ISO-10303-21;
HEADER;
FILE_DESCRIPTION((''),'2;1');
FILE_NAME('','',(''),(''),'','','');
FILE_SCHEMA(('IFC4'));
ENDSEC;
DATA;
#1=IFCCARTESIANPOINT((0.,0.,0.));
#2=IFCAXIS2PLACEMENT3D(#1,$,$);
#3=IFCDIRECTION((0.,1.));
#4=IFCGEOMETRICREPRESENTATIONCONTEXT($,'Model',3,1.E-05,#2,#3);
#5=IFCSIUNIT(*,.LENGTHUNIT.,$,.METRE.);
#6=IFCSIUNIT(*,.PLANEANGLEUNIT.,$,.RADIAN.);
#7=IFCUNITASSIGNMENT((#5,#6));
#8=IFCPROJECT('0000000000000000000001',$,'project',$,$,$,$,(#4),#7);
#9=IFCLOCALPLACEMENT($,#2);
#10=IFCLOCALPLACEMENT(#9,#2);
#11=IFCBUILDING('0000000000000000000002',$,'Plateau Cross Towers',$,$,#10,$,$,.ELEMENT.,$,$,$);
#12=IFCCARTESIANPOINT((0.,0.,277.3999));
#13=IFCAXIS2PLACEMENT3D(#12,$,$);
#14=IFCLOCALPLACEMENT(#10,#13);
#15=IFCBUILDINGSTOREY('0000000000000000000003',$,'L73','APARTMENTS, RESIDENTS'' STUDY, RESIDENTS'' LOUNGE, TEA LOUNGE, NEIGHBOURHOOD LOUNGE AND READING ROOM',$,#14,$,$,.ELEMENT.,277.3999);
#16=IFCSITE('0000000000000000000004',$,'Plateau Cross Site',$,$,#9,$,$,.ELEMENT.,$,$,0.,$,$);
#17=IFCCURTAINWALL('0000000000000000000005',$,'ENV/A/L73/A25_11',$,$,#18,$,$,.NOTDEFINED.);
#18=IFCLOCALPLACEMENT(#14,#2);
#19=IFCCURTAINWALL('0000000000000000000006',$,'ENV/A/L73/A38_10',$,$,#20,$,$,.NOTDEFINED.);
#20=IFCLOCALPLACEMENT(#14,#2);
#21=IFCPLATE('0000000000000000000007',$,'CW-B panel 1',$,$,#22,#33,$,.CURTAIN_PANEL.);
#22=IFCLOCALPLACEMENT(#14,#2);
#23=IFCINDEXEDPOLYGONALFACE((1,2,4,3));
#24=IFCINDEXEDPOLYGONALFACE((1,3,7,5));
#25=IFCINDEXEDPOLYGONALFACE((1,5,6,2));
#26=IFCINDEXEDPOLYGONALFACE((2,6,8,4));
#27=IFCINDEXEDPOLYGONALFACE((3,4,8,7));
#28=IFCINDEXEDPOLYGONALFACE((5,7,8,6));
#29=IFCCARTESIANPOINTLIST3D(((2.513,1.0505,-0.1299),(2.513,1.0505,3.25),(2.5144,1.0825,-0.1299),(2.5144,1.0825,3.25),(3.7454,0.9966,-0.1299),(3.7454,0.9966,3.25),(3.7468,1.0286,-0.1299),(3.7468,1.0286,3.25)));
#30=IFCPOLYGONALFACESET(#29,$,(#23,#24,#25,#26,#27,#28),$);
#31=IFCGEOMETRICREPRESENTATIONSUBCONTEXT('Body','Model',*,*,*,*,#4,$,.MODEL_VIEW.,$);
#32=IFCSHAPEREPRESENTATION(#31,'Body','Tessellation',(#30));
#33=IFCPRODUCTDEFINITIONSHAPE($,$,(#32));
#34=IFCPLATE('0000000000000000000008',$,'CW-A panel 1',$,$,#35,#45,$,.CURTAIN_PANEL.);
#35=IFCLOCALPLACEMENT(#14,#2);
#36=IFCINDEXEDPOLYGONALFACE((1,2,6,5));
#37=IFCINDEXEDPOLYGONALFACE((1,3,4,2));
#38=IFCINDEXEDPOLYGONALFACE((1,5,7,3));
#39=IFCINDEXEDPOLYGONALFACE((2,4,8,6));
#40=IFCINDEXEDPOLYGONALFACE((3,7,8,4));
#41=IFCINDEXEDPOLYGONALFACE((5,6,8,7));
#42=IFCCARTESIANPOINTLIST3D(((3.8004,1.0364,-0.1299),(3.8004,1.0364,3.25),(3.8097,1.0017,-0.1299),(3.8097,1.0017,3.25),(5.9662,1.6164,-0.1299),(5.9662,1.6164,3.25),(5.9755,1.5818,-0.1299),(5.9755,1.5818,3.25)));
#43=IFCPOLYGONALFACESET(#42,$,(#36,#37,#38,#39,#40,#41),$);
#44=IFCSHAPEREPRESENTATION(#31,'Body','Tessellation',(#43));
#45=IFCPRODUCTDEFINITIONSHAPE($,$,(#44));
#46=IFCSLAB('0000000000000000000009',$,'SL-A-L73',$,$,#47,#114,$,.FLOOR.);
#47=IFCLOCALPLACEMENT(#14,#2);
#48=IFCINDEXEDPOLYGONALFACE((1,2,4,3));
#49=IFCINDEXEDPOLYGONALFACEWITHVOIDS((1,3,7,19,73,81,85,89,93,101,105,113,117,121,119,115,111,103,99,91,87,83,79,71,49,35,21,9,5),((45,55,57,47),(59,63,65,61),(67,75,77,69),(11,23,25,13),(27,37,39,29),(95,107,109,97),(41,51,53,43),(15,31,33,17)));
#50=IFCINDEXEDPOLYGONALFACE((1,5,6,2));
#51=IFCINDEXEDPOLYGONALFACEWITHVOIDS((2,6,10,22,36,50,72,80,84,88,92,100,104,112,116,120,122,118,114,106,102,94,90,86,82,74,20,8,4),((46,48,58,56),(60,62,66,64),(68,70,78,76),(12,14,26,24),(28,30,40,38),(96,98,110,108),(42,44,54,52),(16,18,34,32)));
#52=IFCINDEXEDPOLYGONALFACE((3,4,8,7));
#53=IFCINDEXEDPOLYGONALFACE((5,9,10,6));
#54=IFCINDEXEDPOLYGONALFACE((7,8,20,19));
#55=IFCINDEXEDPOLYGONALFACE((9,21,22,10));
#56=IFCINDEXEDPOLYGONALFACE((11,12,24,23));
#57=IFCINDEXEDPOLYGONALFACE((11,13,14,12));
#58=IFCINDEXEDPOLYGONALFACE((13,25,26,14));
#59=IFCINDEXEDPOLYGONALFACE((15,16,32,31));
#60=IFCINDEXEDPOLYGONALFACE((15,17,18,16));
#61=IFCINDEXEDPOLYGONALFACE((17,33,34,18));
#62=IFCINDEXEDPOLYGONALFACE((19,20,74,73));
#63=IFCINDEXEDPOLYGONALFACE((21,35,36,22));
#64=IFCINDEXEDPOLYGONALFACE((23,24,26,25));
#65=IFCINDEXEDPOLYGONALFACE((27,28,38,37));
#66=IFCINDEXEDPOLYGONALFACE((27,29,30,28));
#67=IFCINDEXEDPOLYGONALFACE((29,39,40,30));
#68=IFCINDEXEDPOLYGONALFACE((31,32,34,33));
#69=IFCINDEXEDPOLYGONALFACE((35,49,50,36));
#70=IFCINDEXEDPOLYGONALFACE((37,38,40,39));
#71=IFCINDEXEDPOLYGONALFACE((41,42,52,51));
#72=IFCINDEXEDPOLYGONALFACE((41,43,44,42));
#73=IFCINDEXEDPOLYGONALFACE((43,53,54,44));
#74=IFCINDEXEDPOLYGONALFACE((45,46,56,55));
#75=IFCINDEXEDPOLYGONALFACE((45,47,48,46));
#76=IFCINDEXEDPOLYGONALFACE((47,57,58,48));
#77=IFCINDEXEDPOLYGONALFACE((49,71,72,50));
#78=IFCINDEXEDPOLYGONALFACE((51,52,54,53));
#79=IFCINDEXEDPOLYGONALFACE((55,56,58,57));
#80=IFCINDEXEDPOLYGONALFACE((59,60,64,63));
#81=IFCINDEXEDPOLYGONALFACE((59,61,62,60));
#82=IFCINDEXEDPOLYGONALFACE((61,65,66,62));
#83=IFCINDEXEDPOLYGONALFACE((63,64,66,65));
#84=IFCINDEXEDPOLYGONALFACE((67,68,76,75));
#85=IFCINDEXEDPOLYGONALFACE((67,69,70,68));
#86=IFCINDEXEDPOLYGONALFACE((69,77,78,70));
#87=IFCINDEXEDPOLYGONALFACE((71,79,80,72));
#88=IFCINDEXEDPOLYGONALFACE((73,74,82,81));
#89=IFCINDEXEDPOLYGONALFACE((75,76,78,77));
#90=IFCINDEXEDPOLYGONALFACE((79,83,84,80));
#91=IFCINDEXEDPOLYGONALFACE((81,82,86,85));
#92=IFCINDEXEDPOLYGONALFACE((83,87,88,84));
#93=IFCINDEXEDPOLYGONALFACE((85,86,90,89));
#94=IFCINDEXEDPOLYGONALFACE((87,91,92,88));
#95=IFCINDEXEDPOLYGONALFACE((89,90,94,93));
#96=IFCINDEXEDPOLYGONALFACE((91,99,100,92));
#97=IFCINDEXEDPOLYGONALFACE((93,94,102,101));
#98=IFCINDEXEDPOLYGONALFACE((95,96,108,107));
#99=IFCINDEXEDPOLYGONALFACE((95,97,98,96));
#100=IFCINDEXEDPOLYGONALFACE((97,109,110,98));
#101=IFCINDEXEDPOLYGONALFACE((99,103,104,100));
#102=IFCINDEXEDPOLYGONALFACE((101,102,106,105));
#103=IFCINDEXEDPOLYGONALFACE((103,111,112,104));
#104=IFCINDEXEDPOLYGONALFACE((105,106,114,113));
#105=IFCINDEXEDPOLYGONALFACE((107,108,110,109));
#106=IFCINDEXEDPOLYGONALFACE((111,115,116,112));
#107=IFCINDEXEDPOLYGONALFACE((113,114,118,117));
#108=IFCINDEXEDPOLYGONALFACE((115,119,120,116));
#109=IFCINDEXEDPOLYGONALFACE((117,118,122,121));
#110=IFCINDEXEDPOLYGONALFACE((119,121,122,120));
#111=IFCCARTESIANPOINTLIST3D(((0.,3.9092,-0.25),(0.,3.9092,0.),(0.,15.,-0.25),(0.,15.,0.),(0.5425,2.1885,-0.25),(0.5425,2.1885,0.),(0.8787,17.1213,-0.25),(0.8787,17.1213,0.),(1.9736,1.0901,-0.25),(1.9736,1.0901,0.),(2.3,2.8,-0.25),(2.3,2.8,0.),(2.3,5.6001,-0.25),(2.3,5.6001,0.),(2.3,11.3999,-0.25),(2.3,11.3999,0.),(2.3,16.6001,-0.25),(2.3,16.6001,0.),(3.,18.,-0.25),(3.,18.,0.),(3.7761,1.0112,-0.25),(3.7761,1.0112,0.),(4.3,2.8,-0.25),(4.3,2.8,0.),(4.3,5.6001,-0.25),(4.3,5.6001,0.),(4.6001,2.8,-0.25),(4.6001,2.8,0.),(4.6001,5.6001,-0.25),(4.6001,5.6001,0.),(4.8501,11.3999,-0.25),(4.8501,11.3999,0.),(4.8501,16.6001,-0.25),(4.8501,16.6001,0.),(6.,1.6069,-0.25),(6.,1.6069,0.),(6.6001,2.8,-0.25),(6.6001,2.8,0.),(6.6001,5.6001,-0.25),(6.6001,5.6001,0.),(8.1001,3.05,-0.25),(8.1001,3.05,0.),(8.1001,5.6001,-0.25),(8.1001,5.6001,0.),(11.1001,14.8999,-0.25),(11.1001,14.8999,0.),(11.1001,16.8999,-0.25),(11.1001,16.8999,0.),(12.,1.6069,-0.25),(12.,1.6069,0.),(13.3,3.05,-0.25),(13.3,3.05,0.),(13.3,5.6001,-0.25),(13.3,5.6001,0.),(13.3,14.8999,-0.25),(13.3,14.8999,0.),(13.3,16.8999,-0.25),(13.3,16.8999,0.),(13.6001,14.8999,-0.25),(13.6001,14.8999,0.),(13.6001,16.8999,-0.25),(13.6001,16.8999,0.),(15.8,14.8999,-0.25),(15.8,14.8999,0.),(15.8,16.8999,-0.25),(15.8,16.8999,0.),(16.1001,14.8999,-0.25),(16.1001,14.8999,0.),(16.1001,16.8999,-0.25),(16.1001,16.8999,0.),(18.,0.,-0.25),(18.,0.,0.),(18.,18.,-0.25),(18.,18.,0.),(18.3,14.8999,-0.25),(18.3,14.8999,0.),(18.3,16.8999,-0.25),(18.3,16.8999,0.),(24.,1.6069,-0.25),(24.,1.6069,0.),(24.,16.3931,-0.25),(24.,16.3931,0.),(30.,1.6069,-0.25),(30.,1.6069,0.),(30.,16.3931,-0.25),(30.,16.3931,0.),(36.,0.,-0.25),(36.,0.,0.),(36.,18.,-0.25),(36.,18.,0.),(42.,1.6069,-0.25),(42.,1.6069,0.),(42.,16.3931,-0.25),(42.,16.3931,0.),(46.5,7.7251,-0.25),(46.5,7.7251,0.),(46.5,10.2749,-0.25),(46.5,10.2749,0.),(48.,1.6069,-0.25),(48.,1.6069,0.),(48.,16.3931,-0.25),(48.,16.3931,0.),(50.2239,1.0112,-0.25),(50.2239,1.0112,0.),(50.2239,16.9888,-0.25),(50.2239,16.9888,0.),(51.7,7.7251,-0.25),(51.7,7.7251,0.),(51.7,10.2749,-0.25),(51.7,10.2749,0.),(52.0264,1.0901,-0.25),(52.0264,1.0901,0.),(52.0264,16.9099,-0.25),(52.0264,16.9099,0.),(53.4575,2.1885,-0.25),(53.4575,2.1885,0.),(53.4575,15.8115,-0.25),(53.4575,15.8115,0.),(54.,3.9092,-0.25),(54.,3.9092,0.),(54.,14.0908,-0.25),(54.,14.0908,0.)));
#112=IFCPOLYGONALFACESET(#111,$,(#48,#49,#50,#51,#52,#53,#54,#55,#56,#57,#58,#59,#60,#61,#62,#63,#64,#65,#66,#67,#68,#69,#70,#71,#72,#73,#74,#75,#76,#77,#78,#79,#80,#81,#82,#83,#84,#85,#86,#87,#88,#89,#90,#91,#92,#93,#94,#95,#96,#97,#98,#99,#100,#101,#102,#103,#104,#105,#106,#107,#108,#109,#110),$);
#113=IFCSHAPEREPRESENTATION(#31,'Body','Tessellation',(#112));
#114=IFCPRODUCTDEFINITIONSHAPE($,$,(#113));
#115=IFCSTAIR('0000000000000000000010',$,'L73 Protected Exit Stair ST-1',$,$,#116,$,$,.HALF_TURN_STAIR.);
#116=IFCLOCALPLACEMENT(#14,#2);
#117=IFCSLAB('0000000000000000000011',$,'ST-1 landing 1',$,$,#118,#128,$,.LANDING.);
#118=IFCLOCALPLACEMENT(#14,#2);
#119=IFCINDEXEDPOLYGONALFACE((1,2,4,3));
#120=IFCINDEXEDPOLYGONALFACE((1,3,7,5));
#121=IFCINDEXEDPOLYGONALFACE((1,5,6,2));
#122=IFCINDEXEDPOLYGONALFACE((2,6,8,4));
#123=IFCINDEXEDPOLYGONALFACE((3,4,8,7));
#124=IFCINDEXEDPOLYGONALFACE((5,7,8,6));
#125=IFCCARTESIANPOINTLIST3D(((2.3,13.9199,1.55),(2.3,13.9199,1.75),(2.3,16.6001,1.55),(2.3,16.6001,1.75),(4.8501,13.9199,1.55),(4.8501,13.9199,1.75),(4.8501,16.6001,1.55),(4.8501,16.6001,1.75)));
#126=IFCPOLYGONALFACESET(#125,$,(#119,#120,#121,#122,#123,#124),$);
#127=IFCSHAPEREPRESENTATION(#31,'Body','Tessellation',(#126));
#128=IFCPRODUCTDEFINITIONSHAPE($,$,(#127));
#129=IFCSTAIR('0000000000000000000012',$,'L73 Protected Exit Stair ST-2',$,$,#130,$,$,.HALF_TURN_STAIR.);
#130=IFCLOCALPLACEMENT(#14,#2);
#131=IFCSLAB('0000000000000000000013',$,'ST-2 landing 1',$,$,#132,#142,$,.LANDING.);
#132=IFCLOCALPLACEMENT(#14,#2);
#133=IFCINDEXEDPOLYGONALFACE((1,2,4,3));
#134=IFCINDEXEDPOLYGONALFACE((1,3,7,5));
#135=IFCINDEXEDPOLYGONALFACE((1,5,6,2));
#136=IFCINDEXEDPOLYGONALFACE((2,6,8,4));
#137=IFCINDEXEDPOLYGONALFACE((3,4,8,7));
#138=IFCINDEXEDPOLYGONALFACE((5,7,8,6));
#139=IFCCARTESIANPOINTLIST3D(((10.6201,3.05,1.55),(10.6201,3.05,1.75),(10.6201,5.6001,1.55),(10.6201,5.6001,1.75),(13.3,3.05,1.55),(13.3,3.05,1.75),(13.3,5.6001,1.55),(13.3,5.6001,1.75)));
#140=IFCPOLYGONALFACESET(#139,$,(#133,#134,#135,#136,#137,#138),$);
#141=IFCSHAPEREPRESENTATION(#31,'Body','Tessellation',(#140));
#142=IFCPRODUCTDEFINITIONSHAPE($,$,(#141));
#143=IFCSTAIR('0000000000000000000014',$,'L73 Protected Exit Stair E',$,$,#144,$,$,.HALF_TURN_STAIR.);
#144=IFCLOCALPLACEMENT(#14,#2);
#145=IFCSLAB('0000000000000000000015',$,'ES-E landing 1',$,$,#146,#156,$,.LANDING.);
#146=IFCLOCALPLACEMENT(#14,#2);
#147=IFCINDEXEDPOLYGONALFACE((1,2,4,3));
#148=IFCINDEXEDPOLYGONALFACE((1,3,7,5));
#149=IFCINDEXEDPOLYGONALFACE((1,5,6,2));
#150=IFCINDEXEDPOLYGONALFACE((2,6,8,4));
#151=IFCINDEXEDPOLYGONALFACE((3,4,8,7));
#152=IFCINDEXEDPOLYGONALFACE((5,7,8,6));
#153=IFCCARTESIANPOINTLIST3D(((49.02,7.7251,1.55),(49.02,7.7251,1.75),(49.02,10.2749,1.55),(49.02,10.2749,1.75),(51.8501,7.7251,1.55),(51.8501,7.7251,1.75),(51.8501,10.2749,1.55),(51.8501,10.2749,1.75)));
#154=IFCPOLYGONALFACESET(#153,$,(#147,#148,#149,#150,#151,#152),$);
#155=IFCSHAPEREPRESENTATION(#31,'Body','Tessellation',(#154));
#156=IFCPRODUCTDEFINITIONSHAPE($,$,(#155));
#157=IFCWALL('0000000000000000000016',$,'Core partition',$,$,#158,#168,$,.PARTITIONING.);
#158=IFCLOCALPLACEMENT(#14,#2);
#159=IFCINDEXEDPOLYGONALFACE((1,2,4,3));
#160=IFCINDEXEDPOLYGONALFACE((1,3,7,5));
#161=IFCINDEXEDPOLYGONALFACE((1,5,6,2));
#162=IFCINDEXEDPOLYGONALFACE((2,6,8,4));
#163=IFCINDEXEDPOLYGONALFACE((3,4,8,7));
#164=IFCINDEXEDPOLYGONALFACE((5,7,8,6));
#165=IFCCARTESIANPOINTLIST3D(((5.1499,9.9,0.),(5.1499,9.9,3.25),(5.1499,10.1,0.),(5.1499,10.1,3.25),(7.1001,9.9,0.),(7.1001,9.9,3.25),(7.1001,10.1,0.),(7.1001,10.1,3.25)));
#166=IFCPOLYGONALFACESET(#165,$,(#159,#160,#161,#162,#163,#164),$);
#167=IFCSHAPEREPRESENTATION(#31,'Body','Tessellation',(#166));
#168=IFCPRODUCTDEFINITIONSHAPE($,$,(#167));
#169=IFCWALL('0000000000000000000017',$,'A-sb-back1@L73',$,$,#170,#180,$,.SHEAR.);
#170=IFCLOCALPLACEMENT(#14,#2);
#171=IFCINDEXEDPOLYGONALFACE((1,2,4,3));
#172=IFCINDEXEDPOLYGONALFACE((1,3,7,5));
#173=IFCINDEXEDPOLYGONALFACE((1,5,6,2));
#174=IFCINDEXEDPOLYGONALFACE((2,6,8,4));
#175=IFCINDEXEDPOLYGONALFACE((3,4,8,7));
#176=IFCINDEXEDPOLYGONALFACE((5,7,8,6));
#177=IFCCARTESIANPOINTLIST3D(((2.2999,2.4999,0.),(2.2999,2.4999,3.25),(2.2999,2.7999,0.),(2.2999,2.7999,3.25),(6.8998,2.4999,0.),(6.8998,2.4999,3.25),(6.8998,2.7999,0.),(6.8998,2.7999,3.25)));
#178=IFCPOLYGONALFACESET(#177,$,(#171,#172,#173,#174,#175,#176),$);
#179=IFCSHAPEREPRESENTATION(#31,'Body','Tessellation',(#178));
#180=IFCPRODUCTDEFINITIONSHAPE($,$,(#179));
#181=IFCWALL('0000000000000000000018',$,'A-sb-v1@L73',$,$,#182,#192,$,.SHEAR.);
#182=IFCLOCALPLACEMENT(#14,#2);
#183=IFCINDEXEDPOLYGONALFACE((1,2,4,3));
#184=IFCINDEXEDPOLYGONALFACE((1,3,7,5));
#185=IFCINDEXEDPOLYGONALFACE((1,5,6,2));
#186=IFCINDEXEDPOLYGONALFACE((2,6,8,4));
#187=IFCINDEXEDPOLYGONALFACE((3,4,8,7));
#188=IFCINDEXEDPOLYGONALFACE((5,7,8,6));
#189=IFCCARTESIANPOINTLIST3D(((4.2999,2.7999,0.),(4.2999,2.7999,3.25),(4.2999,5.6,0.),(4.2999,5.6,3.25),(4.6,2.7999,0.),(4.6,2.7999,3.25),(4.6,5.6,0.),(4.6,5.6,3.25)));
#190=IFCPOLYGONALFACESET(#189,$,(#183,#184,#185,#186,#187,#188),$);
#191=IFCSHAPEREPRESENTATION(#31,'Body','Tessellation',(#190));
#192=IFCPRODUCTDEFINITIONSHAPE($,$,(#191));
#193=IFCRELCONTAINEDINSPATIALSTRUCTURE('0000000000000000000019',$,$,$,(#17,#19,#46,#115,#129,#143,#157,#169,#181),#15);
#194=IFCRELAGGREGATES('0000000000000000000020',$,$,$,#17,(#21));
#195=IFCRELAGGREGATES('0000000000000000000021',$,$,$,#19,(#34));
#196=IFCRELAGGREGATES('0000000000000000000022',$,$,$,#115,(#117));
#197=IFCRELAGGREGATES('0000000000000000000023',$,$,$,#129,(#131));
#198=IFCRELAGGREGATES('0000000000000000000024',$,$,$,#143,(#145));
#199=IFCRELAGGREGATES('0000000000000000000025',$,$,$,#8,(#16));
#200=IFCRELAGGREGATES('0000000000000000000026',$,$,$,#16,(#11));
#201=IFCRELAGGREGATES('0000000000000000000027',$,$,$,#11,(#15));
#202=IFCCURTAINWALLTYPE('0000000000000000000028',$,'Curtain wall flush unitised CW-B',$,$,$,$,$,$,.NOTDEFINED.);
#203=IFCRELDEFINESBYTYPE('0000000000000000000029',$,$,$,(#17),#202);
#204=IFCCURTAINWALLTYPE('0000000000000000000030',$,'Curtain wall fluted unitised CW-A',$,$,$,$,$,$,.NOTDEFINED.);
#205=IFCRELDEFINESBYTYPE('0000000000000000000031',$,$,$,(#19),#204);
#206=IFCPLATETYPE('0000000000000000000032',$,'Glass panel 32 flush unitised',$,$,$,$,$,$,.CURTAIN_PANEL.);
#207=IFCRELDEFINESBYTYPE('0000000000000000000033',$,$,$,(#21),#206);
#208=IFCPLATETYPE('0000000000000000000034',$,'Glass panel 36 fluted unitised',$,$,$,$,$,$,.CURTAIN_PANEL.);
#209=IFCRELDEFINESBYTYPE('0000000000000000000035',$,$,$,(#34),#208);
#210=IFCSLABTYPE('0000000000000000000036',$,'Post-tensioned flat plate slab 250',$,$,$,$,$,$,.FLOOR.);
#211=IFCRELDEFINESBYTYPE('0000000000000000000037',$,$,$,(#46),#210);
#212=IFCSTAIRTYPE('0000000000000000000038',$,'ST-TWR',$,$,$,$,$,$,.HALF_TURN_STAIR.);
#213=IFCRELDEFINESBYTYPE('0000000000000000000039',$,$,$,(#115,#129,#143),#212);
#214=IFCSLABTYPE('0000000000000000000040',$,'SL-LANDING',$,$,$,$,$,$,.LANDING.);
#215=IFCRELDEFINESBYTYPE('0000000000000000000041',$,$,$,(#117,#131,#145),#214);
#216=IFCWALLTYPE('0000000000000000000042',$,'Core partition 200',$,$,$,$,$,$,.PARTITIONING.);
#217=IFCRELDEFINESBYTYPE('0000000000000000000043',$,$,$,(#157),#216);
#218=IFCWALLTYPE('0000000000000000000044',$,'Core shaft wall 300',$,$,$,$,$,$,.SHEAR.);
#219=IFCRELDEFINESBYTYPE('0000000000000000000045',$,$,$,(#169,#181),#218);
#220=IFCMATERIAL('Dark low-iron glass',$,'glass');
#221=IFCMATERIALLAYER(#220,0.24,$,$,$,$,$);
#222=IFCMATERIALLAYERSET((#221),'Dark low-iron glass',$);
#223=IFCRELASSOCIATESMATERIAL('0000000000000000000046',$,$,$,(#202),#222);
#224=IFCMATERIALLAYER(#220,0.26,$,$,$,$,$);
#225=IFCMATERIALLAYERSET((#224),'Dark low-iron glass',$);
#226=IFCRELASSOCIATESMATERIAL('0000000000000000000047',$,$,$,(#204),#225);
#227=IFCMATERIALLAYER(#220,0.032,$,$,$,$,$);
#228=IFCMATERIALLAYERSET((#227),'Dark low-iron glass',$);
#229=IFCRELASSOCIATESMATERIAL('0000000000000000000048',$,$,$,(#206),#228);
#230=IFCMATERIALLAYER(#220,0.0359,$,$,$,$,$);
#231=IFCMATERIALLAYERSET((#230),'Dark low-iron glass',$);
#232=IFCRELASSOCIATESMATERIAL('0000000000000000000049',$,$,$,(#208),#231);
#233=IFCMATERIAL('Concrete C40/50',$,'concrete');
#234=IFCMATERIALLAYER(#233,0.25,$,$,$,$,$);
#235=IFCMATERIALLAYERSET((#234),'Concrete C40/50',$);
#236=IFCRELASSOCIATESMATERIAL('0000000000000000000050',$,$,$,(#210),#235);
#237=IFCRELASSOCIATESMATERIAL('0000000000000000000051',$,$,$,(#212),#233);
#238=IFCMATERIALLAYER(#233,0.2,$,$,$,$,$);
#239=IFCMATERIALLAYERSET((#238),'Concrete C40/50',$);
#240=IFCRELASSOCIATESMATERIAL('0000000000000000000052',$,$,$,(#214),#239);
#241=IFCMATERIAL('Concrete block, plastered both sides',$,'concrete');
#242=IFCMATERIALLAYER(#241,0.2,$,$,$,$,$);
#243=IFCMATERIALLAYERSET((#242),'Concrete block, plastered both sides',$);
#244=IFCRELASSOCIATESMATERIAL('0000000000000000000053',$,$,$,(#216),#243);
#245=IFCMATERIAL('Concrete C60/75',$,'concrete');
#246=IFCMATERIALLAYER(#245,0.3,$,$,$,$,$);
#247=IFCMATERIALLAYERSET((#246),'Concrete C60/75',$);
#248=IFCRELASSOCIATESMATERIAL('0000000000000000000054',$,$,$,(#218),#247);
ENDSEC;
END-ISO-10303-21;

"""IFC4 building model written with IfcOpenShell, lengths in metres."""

from ifc_helpers import new_model, si_unit, direction, frame, frame_2d, origin, origin_2d, place, context, subcontext, project, spatial, polyline, rectangle, outline, extrude, material, layer, layer_set, type_object, element, aggregate, save


model = new_model("IFC4")

# Units and contexts
model_context = context("Model", 3, precision=1e-05, world=origin(), true_north=direction((0.0, 1.0)))
body_context = subcontext(model_context, "Body", "Model", "MODEL_VIEW")
ifc_project = project(units=[si_unit("LENGTHUNIT", "METRE"), si_unit("PLANEANGLEUNIT", "RADIAN")], contexts=[model_context])

# Site, building, storey
site_placement = place(None, origin())
site = spatial("IfcSite", under=ifc_project, at=site_placement, Name="Plateau Cross Site", CompositionType="ELEMENT", RefElevation=0.0)
building_placement = place(site_placement, origin())
building = spatial("IfcBuilding", under=site, at=building_placement, Name="Plateau Cross Towers", CompositionType="ELEMENT")
storey_placement = place(building_placement, frame((0.0, 0.0, 277.3999)))
storey = spatial("IfcBuildingStorey", under=building, at=storey_placement, Name="L73", Description="APARTMENTS, RESIDENTS' STUDY, RESIDENTS' LOUNGE, TEA LOUNGE, NEIGHBOURHOOD LOUNGE AND READING ROOM", CompositionType="ELEMENT", Elevation=277.3999)

# Shared definitions
ifc_material_1 = material(Name="Concrete C60/75", Category="concrete")

# Shared definitions
ifc_material_2 = material(Name="Dark low-iron glass", Category="glass")
ifc_layer_1 = layer(ifc_material_2, 0.24)
ifc_layer_set_1 = layer_set([ifc_layer_1], Name="Dark low-iron glass")
curtain_wall_type_1 = type_object("IfcCurtainWallType", Name="Curtain wall flush unitised CW-B", PredefinedType="NOTDEFINED", material=ifc_layer_set_1)

# Curtain walls
curtain_wall_1_placement = place(storey_placement, origin())
curtain_wall_1 = element("IfcCurtainWall", 1, at=curtain_wall_1_placement, inside=storey, type_object=curtain_wall_type_1, Name="ENV/A/L73/A25_11", PredefinedType="NOTDEFINED")
ifc_layer_2 = layer(ifc_material_2, 0.26)
ifc_layer_set_2 = layer_set([ifc_layer_2], Name="Dark low-iron glass")
curtain_wall_type_2 = type_object("IfcCurtainWallType", Name="Curtain wall fluted unitised CW-A", PredefinedType="NOTDEFINED", material=ifc_layer_set_2)
curtain_wall_2_placement = place(storey_placement, origin())
curtain_wall_2 = element("IfcCurtainWall", 2, at=curtain_wall_2_placement, inside=storey, type_object=curtain_wall_type_2, Name="ENV/A/L73/A38_10", PredefinedType="NOTDEFINED")

# Plates
ifc_layer_3 = layer(ifc_material_2, 0.032)
ifc_layer_set_3 = layer_set([ifc_layer_3], Name="Dark low-iron glass")
plate_type_1 = type_object("IfcPlateType", Name="Glass panel 32 flush unitised", PredefinedType="CURTAIN_PANEL", material=ifc_layer_set_3)
plate_1_placement = place(storey_placement, frame((3.1299, 1.0396, -0.1299), z_axis=(0.0, 0.0, 1.0), x_axis=(0.999044, -0.043723, 0.0)))
plate_1 = element("IfcPlate", 3, at=plate_1_placement, type_object=plate_type_1, Name="CW-B panel 1", PredefinedType="CURTAIN_PANEL", context=body_context, shape_type="SweptSolid", body=[
    extrude(rectangle(XDim=1.2336, YDim=0.032, at=origin_2d()), origin(), (0.0, 0.0, 1.0), 3.3799),
])
aggregate(curtain_wall_1, [plate_1])
ifc_layer_4 = layer(ifc_material_2, 0.0359)
ifc_layer_set_4 = layer_set([ifc_layer_4], Name="Dark low-iron glass")
plate_type_2 = type_object("IfcPlateType", Name="Glass panel 36 fluted unitised", PredefinedType="CURTAIN_PANEL", material=ifc_layer_set_4)
plate_2_placement = place(storey_placement, frame((4.8879, 1.3091, -0.1299), z_axis=(0.0, 0.0, 1.0), x_axis=(0.965958, 0.258699, 0.0)))
plate_2 = element("IfcPlate", 4, at=plate_2_placement, type_object=plate_type_2, Name="CW-A panel 1", PredefinedType="CURTAIN_PANEL", context=body_context, shape_type="SweptSolid", body=[
    extrude(rectangle(XDim=2.2422, YDim=0.0359, at=origin_2d()), origin(), (0.0, 0.0, 1.0), 3.3799),
])
aggregate(curtain_wall_2, [plate_2])

# Slab
ifc_material_3 = material(Name="Concrete C40/50", Category="concrete")
ifc_layer_5 = layer(ifc_material_3, 0.25)
ifc_layer_set_5 = layer_set([ifc_layer_5], Name="Concrete C40/50")
slab_type_1 = type_object("IfcSlabType", Name="Post-tensioned flat plate slab 250", PredefinedType="FLOOR", material=ifc_layer_set_5)
slab_1_placement = place(storey_placement, frame((0.0, 0.0, -0.25)))
element("IfcSlab", 5, at=slab_1_placement, inside=storey, type_object=slab_type_1, Name="SL-A-L73", PredefinedType="FLOOR", context=body_context, shape_type="SweptSolid", body=[
    extrude(outline(polyline([(1.9736, 1.0901), (0.5425, 2.1885), (0.0, 3.9092), (0.0, 15.0), (0.8787, 17.1213), (3.0, 18.0), (18.0, 18.0), (24.0, 16.3931), (30.0, 16.3931), (36.0, 18.0), (42.0, 16.3931), (48.0, 16.3931), (50.2239, 16.9888), (52.0264, 16.9099), (53.4575, 15.8115), (54.0, 14.0908), (54.0, 3.9092), (53.4575, 2.1885), (52.0264, 1.0901), (50.2239, 1.0112), (48.0, 1.6069), (42.0, 1.6069), (36.0, 0.0), (30.0, 1.6069), (24.0, 1.6069), (18.0, 0.0), (12.0, 1.6069), (6.0, 1.6069), (3.7761, 1.0112), (1.9736, 1.0901)]), holes=[polyline([(4.3, 5.6001), (2.3, 5.6001), (2.3, 2.8), (4.3, 2.8), (4.3, 5.6001)]), polyline([(6.6001, 5.6001), (4.6001, 5.6001), (4.6001, 2.8), (6.6001, 2.8), (6.6001, 5.6001)]), polyline([(13.3, 5.6001), (8.1001, 5.6001), (8.1001, 3.05), (13.3, 3.05), (13.3, 5.6001)]), polyline([(51.7, 10.2749), (46.5, 10.2749), (46.5, 7.7251), (51.7, 7.7251), (51.7, 10.2749)]), polyline([(2.3, 16.6001), (2.3, 11.3999), (4.8501, 11.3999), (4.8501, 16.6001), (2.3, 16.6001)]), polyline([(13.3, 16.8999), (11.1001, 16.8999), (11.1001, 14.8999), (13.3, 14.8999), (13.3, 16.8999)]), polyline([(15.8, 16.8999), (13.6001, 16.8999), (13.6001, 14.8999), (15.8, 14.8999), (15.8, 16.8999)]), polyline([(18.3, 16.8999), (16.1001, 16.8999), (16.1001, 14.8999), (18.3, 14.8999), (18.3, 16.8999)])]), origin(), (0.0, 0.0, 1.0), 0.25),
])

# Stairs, slabs
stair_type = type_object("IfcStairType", Name="ST-TWR", PredefinedType="HALF_TURN_STAIR", material=ifc_material_3)
stair_1_placement = place(storey_placement, origin())
stair_1 = element("IfcStair", 6, at=stair_1_placement, inside=storey, type_object=stair_type, Name="L73 Protected Exit Stair ST-1", PredefinedType="HALF_TURN_STAIR")
ifc_layer_6 = layer(ifc_material_3, 0.2)
ifc_layer_set_6 = layer_set([ifc_layer_6], Name="Concrete C40/50")
slab_type_2 = type_object("IfcSlabType", Name="SL-LANDING", PredefinedType="LANDING", material=ifc_layer_set_6)
slab_2_placement = place(storey_placement, frame((0.0, 0.0, 1.55)))
slab_2 = element("IfcSlab", 7, at=slab_2_placement, type_object=slab_type_2, Name="ST-1 landing 1", PredefinedType="LANDING", context=body_context, shape_type="SweptSolid", body=[
    extrude(outline(polyline([(4.8501, 13.9199), (4.8501, 16.6001), (2.3, 16.6001), (2.3, 13.9199), (4.8501, 13.9199)])), origin(), (0.0, 0.0, 1.0), 0.2),
])
aggregate(stair_1, [slab_2])
stair_2_placement = place(storey_placement, origin())
stair_2 = element("IfcStair", 8, at=stair_2_placement, inside=storey, type_object=stair_type, Name="L73 Protected Exit Stair ST-2", PredefinedType="HALF_TURN_STAIR")
slab_3_placement = place(storey_placement, frame((0.0, 0.0, 1.55)))
slab_3 = element("IfcSlab", 9, at=slab_3_placement, type_object=slab_type_2, Name="ST-2 landing 1", PredefinedType="LANDING", context=body_context, shape_type="SweptSolid", body=[
    extrude(outline(polyline([(10.6201, 3.05), (13.3, 3.05), (13.3, 5.6001), (10.6201, 5.6001), (10.6201, 3.05)])), origin(), (0.0, 0.0, 1.0), 0.2),
])
aggregate(stair_2, [slab_3])
stair_3_placement = place(storey_placement, origin())
stair_3 = element("IfcStair", 10, at=stair_3_placement, inside=storey, type_object=stair_type, Name="L73 Protected Exit Stair E", PredefinedType="HALF_TURN_STAIR")
slab_4_placement = place(storey_placement, frame((0.0, 0.0, 1.55)))
slab_4 = element("IfcSlab", 11, at=slab_4_placement, type_object=slab_type_2, Name="ES-E landing 1", PredefinedType="LANDING", context=body_context, shape_type="SweptSolid", body=[
    extrude(outline(polyline([(49.02, 7.7251), (51.8501, 7.7251), (51.8501, 10.2749), (49.02, 10.2749), (49.02, 7.7251)])), origin(), (0.0, 0.0, 1.0), 0.2),
])
aggregate(stair_3, [slab_4])

# Walls
ifc_material_4 = material(Name="Concrete block, plastered both sides", Category="concrete")
ifc_layer_7 = layer(ifc_material_4, 0.2)
ifc_layer_set_7 = layer_set([ifc_layer_7], Name="Concrete block, plastered both sides")
wall_type_1 = type_object("IfcWallType", Name="Core partition 200", PredefinedType="PARTITIONING", material=ifc_layer_set_7)
wall_1_placement = place(storey_placement, frame((5.1499, 10.0, 0.0), z_axis=(0.0, 0.0, 1.0), x_axis=(1.0, 0.0, 0.0)))
element("IfcWall", 12, at=wall_1_placement, inside=storey, type_object=wall_type_1, Name="Core partition", PredefinedType="PARTITIONING", context=body_context, shape_type="SweptSolid", body=[
    extrude(rectangle(XDim=1.9502, YDim=0.2, at=frame_2d((0.9751, 0.0))), origin(), (0.0, 0.0, 1.0), 3.25),
])
ifc_layer_8 = layer(ifc_material_1, 0.3)
ifc_layer_set_8 = layer_set([ifc_layer_8], Name="Concrete C60/75")
wall_type_2 = type_object("IfcWallType", Name="Core shaft wall 300", PredefinedType="SHEAR", material=ifc_layer_set_8)
wall_2_placement = place(storey_placement, frame((2.3, 2.6499, 0.0), z_axis=(0.0, 0.0, 1.0), x_axis=(1.0, 0.0, 0.0)))
element("IfcWall", 13, at=wall_2_placement, inside=storey, type_object=wall_type_2, Name="A-sb-back1@L73", PredefinedType="SHEAR", context=body_context, shape_type="SweptSolid", body=[
    extrude(rectangle(XDim=4.5999, YDim=0.3, at=frame_2d((2.2998, 0.0))), origin(), (0.0, 0.0, 1.0), 3.25),
])
wall_3_placement = place(storey_placement, frame((4.45, 2.8, 0.0), z_axis=(0.0, 0.0, 1.0), x_axis=(0.0, 1.0, 0.0)))
element("IfcWall", 14, at=wall_3_placement, inside=storey, type_object=wall_type_2, Name="A-sb-v1@L73", PredefinedType="SHEAR", context=body_context, shape_type="SweptSolid", body=[
    extrude(rectangle(XDim=2.8, YDim=0.3, at=frame_2d((1.3999, 0.0))), origin(), (0.0, 0.0, 1.0), 3.25),
])

save(model, "model.ifc")
